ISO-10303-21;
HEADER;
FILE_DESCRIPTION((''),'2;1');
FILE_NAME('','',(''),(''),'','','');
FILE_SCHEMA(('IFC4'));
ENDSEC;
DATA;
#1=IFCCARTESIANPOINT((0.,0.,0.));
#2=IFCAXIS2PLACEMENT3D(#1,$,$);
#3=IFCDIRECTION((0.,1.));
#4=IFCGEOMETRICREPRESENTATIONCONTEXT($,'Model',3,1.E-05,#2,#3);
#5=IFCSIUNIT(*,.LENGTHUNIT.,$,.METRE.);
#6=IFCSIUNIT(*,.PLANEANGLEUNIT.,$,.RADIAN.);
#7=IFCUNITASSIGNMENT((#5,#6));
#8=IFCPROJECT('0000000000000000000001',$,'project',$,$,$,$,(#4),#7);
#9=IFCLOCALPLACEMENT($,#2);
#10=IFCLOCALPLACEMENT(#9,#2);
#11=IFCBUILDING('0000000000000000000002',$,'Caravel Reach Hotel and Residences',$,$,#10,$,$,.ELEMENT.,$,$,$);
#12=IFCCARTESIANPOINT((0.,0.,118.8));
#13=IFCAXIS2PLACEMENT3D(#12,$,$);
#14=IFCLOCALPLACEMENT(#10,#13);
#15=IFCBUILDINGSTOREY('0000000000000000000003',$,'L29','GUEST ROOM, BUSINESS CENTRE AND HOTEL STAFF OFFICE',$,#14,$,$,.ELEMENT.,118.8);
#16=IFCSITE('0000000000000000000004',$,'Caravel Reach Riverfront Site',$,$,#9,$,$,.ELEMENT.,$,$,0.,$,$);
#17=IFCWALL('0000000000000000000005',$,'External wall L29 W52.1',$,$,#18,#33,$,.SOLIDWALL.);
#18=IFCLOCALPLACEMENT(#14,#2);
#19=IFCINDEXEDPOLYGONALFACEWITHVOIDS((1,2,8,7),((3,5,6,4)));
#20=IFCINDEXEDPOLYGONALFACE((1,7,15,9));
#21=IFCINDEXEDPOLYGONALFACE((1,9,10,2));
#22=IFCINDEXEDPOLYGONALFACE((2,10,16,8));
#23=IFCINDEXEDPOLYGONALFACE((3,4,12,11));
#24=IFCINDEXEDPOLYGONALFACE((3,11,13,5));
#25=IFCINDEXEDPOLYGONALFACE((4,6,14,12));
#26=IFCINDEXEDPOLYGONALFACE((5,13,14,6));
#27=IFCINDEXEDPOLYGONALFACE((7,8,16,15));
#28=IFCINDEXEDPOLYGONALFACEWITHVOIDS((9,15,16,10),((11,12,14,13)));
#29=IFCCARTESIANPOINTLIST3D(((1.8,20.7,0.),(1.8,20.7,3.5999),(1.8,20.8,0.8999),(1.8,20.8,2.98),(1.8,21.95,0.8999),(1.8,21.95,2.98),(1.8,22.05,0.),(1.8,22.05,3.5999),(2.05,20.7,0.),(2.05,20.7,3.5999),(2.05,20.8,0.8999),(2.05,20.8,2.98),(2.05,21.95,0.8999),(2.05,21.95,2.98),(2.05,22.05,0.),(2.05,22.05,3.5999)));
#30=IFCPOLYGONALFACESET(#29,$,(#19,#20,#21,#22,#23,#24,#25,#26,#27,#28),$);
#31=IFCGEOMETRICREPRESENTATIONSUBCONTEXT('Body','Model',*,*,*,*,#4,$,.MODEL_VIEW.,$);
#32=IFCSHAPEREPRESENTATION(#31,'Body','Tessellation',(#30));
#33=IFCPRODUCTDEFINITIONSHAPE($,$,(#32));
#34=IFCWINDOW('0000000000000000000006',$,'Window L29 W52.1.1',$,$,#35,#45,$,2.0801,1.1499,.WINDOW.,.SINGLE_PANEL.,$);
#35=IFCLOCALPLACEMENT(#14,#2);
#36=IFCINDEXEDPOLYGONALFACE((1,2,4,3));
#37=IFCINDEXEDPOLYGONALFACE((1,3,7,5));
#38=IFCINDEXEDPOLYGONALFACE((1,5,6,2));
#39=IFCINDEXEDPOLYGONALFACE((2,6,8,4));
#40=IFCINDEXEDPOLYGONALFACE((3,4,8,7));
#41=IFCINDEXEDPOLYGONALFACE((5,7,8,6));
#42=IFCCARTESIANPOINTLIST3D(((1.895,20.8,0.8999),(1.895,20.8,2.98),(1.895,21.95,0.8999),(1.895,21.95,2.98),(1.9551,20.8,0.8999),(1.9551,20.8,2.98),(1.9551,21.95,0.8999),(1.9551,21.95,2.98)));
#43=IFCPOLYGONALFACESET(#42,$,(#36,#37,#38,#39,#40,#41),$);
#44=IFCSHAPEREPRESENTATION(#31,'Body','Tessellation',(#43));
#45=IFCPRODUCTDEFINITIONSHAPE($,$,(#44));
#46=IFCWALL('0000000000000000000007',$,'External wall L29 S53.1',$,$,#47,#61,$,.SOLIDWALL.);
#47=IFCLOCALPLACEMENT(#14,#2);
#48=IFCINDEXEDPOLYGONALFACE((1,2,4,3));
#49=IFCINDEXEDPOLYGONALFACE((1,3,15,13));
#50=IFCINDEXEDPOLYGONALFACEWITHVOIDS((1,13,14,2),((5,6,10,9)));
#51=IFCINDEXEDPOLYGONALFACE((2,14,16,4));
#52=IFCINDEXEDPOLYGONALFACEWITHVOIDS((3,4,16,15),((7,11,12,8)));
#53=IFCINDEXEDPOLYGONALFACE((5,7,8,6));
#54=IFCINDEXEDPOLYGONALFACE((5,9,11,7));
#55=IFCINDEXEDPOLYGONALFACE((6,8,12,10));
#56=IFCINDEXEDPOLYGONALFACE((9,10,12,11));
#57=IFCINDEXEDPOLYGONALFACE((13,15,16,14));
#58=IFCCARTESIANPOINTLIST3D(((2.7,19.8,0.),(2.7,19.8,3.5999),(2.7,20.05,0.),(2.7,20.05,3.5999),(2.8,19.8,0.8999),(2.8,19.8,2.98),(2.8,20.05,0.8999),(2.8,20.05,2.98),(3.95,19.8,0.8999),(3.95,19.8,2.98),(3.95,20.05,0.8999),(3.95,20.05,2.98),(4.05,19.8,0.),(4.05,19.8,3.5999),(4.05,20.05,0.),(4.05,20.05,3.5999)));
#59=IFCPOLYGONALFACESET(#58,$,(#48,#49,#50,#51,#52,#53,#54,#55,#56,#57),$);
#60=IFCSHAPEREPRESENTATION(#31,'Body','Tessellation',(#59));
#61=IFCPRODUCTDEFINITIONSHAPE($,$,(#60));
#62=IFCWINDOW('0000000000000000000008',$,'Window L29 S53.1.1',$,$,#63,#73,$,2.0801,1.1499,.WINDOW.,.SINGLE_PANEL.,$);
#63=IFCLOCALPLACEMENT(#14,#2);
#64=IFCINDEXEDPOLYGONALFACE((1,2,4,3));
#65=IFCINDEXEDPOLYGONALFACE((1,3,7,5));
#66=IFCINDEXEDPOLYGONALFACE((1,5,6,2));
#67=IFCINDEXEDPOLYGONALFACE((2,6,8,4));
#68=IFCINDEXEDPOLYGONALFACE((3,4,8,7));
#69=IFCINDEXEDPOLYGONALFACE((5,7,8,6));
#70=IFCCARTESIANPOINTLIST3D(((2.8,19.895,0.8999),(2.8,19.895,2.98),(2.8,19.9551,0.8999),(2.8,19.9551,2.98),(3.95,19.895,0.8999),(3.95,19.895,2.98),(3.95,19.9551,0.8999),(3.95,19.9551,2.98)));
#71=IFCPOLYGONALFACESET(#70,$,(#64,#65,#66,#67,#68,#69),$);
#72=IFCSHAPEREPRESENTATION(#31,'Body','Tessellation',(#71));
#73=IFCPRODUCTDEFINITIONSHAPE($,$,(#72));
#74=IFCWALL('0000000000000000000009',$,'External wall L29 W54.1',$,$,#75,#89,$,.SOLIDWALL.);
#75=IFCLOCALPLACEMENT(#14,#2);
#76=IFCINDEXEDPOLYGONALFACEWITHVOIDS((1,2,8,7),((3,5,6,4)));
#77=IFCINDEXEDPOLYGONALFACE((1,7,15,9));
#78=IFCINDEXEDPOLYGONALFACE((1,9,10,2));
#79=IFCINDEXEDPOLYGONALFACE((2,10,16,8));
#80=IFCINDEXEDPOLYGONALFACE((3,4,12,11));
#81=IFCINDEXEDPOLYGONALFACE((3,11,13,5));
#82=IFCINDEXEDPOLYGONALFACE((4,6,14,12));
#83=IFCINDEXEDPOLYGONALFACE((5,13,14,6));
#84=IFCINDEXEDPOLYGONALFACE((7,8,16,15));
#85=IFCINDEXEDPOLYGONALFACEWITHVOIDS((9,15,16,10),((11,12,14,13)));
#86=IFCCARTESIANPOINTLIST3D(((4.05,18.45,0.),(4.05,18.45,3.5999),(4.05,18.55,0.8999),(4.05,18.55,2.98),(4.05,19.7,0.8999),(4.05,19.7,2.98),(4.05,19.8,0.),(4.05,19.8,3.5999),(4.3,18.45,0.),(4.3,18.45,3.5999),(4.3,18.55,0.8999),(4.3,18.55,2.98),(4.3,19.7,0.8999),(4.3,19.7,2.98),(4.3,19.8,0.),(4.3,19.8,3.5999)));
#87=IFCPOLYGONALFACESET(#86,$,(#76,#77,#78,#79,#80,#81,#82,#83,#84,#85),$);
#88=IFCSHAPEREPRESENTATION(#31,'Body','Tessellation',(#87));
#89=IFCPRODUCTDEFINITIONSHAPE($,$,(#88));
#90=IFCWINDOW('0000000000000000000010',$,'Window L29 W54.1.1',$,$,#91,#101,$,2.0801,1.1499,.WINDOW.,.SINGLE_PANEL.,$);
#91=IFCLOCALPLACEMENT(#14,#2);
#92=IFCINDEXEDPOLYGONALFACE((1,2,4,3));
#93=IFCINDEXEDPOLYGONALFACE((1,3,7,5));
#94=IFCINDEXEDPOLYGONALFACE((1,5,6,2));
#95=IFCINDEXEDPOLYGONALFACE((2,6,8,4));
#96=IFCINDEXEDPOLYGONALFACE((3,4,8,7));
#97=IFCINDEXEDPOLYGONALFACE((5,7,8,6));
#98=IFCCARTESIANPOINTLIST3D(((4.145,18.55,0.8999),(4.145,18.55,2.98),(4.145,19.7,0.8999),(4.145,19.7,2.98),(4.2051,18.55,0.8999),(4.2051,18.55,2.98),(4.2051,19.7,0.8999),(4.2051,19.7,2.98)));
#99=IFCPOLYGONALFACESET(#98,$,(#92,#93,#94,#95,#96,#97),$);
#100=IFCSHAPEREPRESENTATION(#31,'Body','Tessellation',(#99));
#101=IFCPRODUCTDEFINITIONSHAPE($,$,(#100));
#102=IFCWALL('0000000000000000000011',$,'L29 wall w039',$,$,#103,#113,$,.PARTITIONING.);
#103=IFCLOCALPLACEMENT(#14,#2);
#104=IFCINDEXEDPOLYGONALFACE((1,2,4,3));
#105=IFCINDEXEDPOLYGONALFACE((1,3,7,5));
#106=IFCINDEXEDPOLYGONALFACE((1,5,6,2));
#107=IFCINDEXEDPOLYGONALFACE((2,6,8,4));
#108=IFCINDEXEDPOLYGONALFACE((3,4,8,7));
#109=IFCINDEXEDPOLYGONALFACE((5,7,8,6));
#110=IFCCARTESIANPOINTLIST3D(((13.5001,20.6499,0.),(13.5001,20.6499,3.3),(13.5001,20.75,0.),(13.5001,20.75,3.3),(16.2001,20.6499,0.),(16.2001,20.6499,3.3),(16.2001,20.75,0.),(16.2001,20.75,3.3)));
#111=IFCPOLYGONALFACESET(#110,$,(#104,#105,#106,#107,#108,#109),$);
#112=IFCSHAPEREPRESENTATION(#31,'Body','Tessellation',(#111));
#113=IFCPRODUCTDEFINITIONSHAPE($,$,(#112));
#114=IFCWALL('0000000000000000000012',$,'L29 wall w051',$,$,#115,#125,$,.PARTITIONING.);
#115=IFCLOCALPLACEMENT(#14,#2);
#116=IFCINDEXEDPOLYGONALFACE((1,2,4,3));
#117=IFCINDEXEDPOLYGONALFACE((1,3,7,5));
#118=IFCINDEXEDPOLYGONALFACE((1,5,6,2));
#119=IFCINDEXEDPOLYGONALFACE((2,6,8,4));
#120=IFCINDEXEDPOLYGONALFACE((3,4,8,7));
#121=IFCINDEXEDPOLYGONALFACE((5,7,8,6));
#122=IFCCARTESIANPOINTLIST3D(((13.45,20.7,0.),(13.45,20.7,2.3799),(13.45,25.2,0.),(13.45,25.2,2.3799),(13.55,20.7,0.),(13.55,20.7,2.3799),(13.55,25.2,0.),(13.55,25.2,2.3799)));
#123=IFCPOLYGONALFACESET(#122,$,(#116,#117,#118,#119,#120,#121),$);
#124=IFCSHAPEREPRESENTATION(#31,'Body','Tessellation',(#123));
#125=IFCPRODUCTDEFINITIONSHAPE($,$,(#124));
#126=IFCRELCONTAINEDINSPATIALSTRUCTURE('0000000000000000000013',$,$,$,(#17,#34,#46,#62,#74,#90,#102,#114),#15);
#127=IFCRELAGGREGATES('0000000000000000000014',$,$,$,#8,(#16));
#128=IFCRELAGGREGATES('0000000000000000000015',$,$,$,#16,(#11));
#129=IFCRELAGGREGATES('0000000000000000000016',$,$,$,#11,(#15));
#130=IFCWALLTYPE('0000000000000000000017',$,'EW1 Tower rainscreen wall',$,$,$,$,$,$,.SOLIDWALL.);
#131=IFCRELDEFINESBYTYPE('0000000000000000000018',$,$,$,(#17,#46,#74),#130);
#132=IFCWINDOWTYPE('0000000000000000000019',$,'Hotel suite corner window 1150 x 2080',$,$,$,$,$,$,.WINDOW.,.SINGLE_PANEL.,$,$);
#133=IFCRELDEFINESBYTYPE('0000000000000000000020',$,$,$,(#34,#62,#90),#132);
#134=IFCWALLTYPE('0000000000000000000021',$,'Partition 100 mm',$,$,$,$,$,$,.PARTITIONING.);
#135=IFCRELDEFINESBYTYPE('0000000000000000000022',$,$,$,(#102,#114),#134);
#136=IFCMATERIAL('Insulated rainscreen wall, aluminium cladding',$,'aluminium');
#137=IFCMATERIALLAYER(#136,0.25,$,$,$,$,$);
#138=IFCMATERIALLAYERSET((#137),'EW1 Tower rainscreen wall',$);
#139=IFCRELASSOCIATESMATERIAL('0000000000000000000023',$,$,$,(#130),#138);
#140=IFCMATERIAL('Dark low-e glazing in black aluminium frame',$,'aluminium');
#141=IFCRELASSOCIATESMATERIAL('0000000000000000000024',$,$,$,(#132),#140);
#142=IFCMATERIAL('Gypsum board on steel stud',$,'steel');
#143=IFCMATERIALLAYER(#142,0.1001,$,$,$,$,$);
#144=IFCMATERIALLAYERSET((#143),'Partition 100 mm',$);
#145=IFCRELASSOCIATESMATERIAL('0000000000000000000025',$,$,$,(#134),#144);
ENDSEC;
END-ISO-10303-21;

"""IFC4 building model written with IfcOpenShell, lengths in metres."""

from ifc_helpers import new_model, si_unit, direction, frame, frame_2d, origin, place, context, subcontext, project, spatial, rectangle, extrude, material, layer, layer_set, type_object, element, fill, save


model = new_model("IFC4")

# Units and contexts
model_context = context("Model", 3, precision=1e-05, world=origin(), true_north=direction((0.0, 1.0)))
body_context = subcontext(model_context, "Body", "Model", "MODEL_VIEW")
ifc_project = project(units=[si_unit("LENGTHUNIT", "METRE"), si_unit("PLANEANGLEUNIT", "RADIAN")], contexts=[model_context])

# Site, building, storey
site_placement = place(None, origin())
site = spatial("IfcSite", under=ifc_project, at=site_placement, Name="Caravel Reach Riverfront Site", CompositionType="ELEMENT", RefElevation=0.0)
building_placement = place(site_placement, origin())
building = spatial("IfcBuilding", under=site, at=building_placement, Name="Caravel Reach Hotel and Residences", CompositionType="ELEMENT")
storey_placement = place(building_placement, frame((0.0, 0.0, 118.8)))
storey = spatial("IfcBuildingStorey", under=building, at=storey_placement, Name="L29", Description="GUEST ROOM, BUSINESS CENTRE AND HOTEL STAFF OFFICE", CompositionType="ELEMENT", Elevation=118.8)

# Walls, openings, windows
ifc_material_1 = material(Name="Insulated rainscreen wall, aluminium cladding", Category="aluminium")
ifc_layer_1 = layer(ifc_material_1, 0.25)
ifc_layer_set_1 = layer_set([ifc_layer_1], Name="EW1 Tower rainscreen wall")
wall_type_1 = type_object("IfcWallType", Name="EW1 Tower rainscreen wall", PredefinedType="SOLIDWALL", material=ifc_layer_set_1)
ifc_material_2 = material(Name="Dark low-e glazing in black aluminium frame", Category="aluminium")
window_type = type_object("IfcWindowType", Name="Hotel suite corner window 1150 x 2080", PartitioningType="SINGLE_PANEL", PredefinedType="WINDOW", material=ifc_material_2)
wall_1_placement = place(storey_placement, frame((1.925, 22.05, 0.0), z_axis=(0.0, 0.0, 1.0), x_axis=(0.0, -1.0, 0.0)))
wall_1 = element("IfcWall", 1, at=wall_1_placement, inside=storey, type_object=wall_type_1, Name="External wall L29 W52.1", PredefinedType="SOLIDWALL", context=body_context, shape_type="SweptSolid", body=[
    extrude(rectangle(XDim=1.3501, YDim=0.25, at=frame_2d((0.675, 0.0))), origin(), (0.0, 0.0, 1.0), 3.5999),
])
opening_1_placement = place(wall_1_placement, frame((0.1001, 0.0, 0.8999)))
opening_1 = element("IfcOpeningElement", 2, at=opening_1_placement, cuts=wall_1, PredefinedType="OPENING", context=body_context, shape_type="SweptSolid", body=[
    extrude(rectangle(XDim=1.1499, YDim=2.0801, at=frame_2d((0.575, 1.04))), frame((0.0, 0.135, 0.0), z_axis=(0.0, -1.0, 0.0), x_axis=(1.0, 0.0, 0.0)), (0.0, 0.0, 1.0), 0.27),
])
window_1_placement = place(opening_1_placement, origin())
window_1 = element("IfcWindow", 3, at=window_1_placement, inside=storey, type_object=window_type, Name="Window L29 W52.1.1", OverallHeight=2.0801, OverallWidth=1.1499, PartitioningType="SINGLE_PANEL", PredefinedType="WINDOW", context=body_context, shape_type="SweptSolid", body=[
    extrude(rectangle(XDim=1.1499, YDim=2.0801, at=frame_2d((0.575, 1.04))), frame((0.0, 0.03, 0.0), z_axis=(0.0, -1.0, 0.0), x_axis=(1.0, 0.0, 0.0)), (0.0, 0.0, 1.0), 0.0601),
])
fill(opening_1, window_1)
wall_2_placement = place(storey_placement, frame((2.7, 19.925, 0.0), z_axis=(0.0, 0.0, 1.0), x_axis=(1.0, 0.0, 0.0)))
wall_2 = element("IfcWall", 4, at=wall_2_placement, inside=storey, type_object=wall_type_1, Name="External wall L29 S53.1", PredefinedType="SOLIDWALL", context=body_context, shape_type="SweptSolid", body=[
    extrude(rectangle(XDim=1.3501, YDim=0.25, at=frame_2d((0.675, 0.0))), origin(), (0.0, 0.0, 1.0), 3.5999),
])
opening_2_placement = place(wall_2_placement, frame((0.1001, 0.0, 0.8999)))
opening_2 = element("IfcOpeningElement", 5, at=opening_2_placement, cuts=wall_2, PredefinedType="OPENING", context=body_context, shape_type="SweptSolid", body=[
    extrude(rectangle(XDim=1.1499, YDim=2.0801, at=frame_2d((0.575, 1.04))), frame((0.0, 0.135, 0.0), z_axis=(0.0, -1.0, 0.0), x_axis=(1.0, 0.0, 0.0)), (0.0, 0.0, 1.0), 0.27),
])
window_2_placement = place(opening_2_placement, origin())
window_2 = element("IfcWindow", 6, at=window_2_placement, inside=storey, type_object=window_type, Name="Window L29 S53.1.1", OverallHeight=2.0801, OverallWidth=1.1499, PartitioningType="SINGLE_PANEL", PredefinedType="WINDOW", context=body_context, shape_type="SweptSolid", body=[
    extrude(rectangle(XDim=1.1499, YDim=2.0801, at=frame_2d((0.575, 1.04))), frame((0.0, 0.03, 0.0), z_axis=(0.0, -1.0, 0.0), x_axis=(1.0, 0.0, 0.0)), (0.0, 0.0, 1.0), 0.0601),
])
fill(opening_2, window_2)
wall_3_placement = place(storey_placement, frame((4.175, 19.8, 0.0), z_axis=(0.0, 0.0, 1.0), x_axis=(0.0, -1.0, 0.0)))
wall_3 = element("IfcWall", 7, at=wall_3_placement, inside=storey, type_object=wall_type_1, Name="External wall L29 W54.1", PredefinedType="SOLIDWALL", context=body_context, shape_type="SweptSolid", body=[
    extrude(rectangle(XDim=1.3501, YDim=0.25, at=frame_2d((0.675, 0.0))), origin(), (0.0, 0.0, 1.0), 3.5999),
])
opening_3_placement = place(wall_3_placement, frame((0.1001, 0.0, 0.8999)))
opening_3 = element("IfcOpeningElement", 8, at=opening_3_placement, cuts=wall_3, PredefinedType="OPENING", context=body_context, shape_type="SweptSolid", body=[
    extrude(rectangle(XDim=1.1499, YDim=2.0801, at=frame_2d((0.575, 1.04))), frame((0.0, 0.135, 0.0), z_axis=(0.0, -1.0, 0.0), x_axis=(1.0, 0.0, 0.0)), (0.0, 0.0, 1.0), 0.27),
])
window_3_placement = place(opening_3_placement, origin())
window_3 = element("IfcWindow", 9, at=window_3_placement, inside=storey, type_object=window_type, Name="Window L29 W54.1.1", OverallHeight=2.0801, OverallWidth=1.1499, PartitioningType="SINGLE_PANEL", PredefinedType="WINDOW", context=body_context, shape_type="SweptSolid", body=[
    extrude(rectangle(XDim=1.1499, YDim=2.0801, at=frame_2d((0.575, 1.04))), frame((0.0, 0.03, 0.0), z_axis=(0.0, -1.0, 0.0), x_axis=(1.0, 0.0, 0.0)), (0.0, 0.0, 1.0), 0.0601),
])
fill(opening_3, window_3)

# Walls
ifc_material_3 = material(Name="Gypsum board on steel stud", Category="steel")
ifc_layer_2 = layer(ifc_material_3, 0.1001)
ifc_layer_set_2 = layer_set([ifc_layer_2], Name="Partition 100 mm")
wall_type_2 = type_object("IfcWallType", Name="Partition 100 mm", PredefinedType="PARTITIONING", material=ifc_layer_set_2)
wall_4_placement = place(storey_placement, frame((13.5, 20.7, 0.0), z_axis=(0.0, 0.0, 1.0), x_axis=(1.0, 0.0, 0.0)))
element("IfcWall", 10, at=wall_4_placement, inside=storey, type_object=wall_type_2, Name="L29 wall w039", PredefinedType="PARTITIONING", context=body_context, shape_type="SweptSolid", body=[
    extrude(rectangle(XDim=2.7, YDim=0.1001, at=frame_2d((1.3501, 0.0))), origin(), (0.0, 0.0, 1.0), 3.3),
])
wall_5_placement = place(storey_placement, frame((13.5, 20.7, 0.0), z_axis=(0.0, 0.0, 1.0), x_axis=(0.0, 1.0, 0.0)))
element("IfcWall", 11, at=wall_5_placement, inside=storey, type_object=wall_type_2, Name="L29 wall w051", PredefinedType="PARTITIONING", context=body_context, shape_type="SweptSolid", body=[
    extrude(rectangle(XDim=4.5, YDim=0.1001, at=frame_2d((2.25, 0.0))), origin(), (0.0, 0.0, 1.0), 2.3799),
])

save(model, "model.ifc")
